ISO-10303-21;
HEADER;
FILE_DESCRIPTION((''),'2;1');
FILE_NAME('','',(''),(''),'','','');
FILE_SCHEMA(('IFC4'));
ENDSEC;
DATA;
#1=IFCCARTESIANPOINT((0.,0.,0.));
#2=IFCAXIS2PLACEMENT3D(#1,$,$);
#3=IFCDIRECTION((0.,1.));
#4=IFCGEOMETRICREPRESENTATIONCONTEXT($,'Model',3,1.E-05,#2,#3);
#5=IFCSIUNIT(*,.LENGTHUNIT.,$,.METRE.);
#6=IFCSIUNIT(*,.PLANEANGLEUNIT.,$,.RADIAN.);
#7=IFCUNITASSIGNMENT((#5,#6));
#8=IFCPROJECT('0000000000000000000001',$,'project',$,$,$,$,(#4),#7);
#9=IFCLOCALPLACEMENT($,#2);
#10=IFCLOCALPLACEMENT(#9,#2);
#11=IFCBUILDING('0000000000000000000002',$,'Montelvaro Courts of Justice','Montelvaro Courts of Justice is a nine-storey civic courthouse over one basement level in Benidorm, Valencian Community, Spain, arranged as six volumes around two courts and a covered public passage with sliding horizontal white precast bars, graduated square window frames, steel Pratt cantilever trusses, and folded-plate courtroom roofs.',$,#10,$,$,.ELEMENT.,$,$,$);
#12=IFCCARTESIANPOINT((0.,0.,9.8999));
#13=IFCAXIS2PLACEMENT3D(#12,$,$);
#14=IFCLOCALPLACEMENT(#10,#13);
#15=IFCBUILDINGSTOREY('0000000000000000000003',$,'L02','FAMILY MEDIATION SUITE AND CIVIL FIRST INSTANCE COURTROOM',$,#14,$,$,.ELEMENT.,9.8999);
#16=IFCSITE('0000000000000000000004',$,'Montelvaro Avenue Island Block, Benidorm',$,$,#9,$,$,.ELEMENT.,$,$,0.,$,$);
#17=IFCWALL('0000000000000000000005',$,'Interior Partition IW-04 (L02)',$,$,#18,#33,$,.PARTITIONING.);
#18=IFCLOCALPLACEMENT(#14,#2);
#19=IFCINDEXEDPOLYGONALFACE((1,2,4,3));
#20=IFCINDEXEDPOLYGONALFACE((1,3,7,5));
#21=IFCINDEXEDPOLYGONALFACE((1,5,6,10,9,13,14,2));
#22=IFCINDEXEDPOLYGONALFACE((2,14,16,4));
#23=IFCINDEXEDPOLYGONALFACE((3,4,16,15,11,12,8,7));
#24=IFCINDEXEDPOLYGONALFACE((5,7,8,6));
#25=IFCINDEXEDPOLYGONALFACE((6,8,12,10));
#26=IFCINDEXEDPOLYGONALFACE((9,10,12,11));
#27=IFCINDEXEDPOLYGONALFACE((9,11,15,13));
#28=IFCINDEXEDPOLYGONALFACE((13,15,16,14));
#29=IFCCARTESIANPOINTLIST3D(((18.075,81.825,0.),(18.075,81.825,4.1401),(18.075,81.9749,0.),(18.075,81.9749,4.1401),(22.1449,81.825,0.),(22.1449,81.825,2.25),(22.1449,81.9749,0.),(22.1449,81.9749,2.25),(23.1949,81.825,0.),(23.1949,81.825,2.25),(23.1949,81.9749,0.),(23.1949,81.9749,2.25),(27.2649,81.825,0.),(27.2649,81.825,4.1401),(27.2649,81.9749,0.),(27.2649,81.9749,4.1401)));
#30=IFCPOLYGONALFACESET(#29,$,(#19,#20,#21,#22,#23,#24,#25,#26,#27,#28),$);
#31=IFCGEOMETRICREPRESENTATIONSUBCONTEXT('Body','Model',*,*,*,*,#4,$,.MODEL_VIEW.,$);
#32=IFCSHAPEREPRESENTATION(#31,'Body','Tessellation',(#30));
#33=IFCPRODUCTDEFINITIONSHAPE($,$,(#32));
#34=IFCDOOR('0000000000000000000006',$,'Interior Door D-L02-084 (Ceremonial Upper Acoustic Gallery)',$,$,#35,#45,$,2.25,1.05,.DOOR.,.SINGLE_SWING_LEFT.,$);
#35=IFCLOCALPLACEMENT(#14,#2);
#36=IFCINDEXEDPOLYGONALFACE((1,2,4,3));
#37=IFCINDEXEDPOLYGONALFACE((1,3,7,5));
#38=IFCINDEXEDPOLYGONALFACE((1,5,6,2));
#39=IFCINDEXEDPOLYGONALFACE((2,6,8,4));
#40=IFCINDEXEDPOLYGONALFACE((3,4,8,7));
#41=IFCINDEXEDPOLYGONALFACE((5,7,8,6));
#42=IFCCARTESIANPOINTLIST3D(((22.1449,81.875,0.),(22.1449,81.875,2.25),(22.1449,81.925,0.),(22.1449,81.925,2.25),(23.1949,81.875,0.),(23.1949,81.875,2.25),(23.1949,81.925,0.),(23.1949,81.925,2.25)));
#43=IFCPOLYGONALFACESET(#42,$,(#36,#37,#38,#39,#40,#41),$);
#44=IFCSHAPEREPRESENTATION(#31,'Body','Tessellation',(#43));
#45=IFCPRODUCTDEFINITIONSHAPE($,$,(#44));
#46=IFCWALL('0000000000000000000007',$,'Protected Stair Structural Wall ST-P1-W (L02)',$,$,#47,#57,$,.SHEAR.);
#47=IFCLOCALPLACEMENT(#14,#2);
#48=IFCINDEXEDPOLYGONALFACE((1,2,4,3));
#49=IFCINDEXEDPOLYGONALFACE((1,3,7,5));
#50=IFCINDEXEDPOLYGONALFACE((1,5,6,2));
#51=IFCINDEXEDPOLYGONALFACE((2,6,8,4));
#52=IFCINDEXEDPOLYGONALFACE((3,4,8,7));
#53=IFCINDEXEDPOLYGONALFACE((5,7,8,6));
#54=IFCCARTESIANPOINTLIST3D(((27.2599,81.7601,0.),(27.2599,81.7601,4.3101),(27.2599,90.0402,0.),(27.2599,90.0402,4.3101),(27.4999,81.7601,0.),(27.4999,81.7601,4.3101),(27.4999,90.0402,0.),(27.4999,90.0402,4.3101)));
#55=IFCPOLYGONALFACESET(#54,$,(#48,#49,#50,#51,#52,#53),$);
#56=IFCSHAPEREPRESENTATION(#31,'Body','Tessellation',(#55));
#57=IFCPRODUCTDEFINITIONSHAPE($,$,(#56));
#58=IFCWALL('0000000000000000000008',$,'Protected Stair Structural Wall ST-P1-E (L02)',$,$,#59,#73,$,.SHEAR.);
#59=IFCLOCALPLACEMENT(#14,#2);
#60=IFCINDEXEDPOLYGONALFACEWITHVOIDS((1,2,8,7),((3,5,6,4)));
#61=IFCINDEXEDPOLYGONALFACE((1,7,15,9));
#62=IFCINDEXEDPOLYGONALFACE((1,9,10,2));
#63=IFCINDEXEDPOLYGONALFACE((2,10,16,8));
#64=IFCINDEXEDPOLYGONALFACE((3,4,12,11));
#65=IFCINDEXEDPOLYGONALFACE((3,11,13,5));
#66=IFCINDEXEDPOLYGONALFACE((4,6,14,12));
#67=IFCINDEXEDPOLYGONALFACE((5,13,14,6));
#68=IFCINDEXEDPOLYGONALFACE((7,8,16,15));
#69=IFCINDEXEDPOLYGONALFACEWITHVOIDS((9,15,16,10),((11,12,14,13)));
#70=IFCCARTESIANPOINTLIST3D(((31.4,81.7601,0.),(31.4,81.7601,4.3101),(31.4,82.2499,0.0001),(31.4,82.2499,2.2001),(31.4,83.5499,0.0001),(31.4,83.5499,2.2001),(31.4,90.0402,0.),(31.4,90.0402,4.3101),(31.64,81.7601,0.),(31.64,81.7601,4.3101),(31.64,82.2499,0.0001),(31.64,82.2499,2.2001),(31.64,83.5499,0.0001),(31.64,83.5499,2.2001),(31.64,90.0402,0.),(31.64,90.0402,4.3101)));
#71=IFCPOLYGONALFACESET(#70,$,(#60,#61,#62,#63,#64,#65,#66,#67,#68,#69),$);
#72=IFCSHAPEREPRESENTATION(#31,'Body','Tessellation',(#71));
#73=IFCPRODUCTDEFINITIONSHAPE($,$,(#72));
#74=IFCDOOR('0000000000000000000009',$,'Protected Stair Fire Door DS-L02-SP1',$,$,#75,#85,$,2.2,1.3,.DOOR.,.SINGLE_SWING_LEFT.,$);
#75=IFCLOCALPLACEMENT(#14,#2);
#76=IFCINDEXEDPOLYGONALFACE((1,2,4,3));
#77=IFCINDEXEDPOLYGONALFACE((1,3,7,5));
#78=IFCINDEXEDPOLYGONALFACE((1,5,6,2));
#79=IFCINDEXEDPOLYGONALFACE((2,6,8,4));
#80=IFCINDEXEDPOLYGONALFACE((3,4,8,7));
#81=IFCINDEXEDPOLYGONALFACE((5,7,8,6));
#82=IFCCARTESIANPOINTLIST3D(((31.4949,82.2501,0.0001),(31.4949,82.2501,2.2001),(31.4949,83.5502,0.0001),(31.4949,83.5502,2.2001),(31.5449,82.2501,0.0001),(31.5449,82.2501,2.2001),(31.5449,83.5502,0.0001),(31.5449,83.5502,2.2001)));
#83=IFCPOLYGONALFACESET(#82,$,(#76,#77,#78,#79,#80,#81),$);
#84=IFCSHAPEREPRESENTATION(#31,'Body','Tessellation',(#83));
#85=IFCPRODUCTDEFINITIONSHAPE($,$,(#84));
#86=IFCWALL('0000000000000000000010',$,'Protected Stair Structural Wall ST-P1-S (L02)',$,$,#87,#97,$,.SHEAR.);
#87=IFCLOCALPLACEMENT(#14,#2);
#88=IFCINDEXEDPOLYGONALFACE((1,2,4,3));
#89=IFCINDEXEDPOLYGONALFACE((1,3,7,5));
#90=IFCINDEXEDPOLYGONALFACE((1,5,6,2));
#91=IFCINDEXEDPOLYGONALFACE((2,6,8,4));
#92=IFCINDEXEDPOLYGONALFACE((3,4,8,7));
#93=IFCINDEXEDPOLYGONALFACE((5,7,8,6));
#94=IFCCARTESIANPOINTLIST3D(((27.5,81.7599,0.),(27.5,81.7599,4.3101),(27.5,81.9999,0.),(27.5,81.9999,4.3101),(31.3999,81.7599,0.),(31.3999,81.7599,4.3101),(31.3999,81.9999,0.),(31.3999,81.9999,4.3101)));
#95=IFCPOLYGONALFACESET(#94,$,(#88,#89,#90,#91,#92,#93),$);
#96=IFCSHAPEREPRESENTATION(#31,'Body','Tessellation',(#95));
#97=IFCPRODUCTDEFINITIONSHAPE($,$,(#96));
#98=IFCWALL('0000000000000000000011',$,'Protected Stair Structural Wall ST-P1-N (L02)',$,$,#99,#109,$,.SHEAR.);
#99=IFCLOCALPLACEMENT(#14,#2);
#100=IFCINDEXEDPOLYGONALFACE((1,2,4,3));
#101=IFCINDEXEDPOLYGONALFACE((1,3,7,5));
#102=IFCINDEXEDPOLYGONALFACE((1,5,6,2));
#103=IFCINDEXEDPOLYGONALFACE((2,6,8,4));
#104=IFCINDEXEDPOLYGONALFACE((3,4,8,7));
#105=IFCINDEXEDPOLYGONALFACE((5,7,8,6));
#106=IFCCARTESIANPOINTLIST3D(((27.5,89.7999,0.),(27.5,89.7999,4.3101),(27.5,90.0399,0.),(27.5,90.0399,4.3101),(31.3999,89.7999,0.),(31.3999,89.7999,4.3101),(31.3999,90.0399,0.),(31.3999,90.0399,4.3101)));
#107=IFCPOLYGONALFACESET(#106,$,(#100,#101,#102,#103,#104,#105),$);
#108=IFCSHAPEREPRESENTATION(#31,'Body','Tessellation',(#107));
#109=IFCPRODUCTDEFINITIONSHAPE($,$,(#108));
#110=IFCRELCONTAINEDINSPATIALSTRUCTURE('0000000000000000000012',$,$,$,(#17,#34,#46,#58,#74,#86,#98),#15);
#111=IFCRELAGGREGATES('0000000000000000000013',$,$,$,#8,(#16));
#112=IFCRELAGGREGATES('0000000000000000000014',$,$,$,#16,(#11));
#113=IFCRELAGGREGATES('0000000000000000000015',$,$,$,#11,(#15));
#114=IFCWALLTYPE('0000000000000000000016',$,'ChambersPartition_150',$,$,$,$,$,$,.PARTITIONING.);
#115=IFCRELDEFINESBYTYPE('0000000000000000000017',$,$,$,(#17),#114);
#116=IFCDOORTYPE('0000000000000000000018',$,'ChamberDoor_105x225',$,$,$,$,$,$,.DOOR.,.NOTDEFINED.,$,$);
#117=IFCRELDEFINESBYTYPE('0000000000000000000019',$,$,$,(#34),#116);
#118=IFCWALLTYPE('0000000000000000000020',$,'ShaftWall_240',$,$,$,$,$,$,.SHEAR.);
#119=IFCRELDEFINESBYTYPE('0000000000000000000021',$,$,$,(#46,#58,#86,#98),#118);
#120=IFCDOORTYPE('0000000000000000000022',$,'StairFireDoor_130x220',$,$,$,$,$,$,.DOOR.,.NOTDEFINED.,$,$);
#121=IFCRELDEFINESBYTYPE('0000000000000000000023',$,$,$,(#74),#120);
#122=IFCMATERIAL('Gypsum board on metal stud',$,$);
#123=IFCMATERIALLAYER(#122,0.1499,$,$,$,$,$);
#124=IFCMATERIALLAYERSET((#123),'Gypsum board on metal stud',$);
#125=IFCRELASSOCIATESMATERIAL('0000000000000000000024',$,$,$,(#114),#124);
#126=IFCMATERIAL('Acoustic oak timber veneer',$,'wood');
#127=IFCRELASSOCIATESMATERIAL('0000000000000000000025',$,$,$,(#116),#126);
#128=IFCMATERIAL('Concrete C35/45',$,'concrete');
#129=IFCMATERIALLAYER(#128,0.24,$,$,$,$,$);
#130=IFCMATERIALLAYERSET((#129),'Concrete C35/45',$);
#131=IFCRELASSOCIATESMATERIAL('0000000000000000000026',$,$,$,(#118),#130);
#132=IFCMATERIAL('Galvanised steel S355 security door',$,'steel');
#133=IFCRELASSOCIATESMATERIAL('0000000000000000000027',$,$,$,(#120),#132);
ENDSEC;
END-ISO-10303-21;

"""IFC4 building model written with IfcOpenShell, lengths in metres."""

from ifc_helpers import new_model, si_unit, direction, frame, frame_2d, origin, place, context, subcontext, project, spatial, rectangle, extrude, material, layer, layer_set, type_object, element, fill, save


model = new_model("IFC4")

# Units and contexts
model_context = context("Model", 3, precision=1e-05, world=origin(), true_north=direction((0.0, 1.0)))
body_context = subcontext(model_context, "Body", "Model", "MODEL_VIEW")
ifc_project = project(units=[si_unit("LENGTHUNIT", "METRE"), si_unit("PLANEANGLEUNIT", "RADIAN")], contexts=[model_context])

# Site, building, storey
site_placement = place(None, origin())
site = spatial("IfcSite", under=ifc_project, at=site_placement, Name="Montelvaro Avenue Island Block, Benidorm", CompositionType="ELEMENT", RefElevation=0.0)
building_placement = place(site_placement, origin())
building = spatial("IfcBuilding", under=site, at=building_placement, Name="Montelvaro Courts of Justice", Description="Montelvaro Courts of Justice is a nine-storey civic courthouse over one basement level in Benidorm, Valencian Community, Spain, arranged as six volumes around two courts and a covered public passage with sliding horizontal white precast bars, graduated square window frames, steel Pratt cantilever trusses, and folded-plate courtroom roofs.", CompositionType="ELEMENT")
storey_placement = place(building_placement, frame((0.0, 0.0, 9.8999)))
storey = spatial("IfcBuildingStorey", under=building, at=storey_placement, Name="L02", Description="FAMILY MEDIATION SUITE AND CIVIL FIRST INSTANCE COURTROOM", CompositionType="ELEMENT", Elevation=9.8999)

# Wall, opening, door
ifc_material_1 = material(Name="Gypsum board on metal stud")
ifc_layer_1 = layer(ifc_material_1, 0.1499)
ifc_layer_set_1 = layer_set([ifc_layer_1], Name="Gypsum board on metal stud")
wall_type_1 = type_object("IfcWallType", Name="ChambersPartition_150", PredefinedType="PARTITIONING", material=ifc_layer_set_1)
wall_1_placement = place(storey_placement, frame((27.2649, 81.8999, 0.0), z_axis=(0.0, 0.0, 1.0), x_axis=(-1.0, 0.0, 0.0)))
wall_1 = element("IfcWall", 1, at=wall_1_placement, inside=storey, type_object=wall_type_1, Name="Interior Partition IW-04 (L02)", PredefinedType="PARTITIONING", context=body_context, shape_type="SweptSolid", body=[
    extrude(rectangle(XDim=9.1899, YDim=0.1499, at=frame_2d((4.595, 0.0))), origin(), (0.0, 0.0, 1.0), 4.1401),
])
opening_1_placement = place(wall_1_placement, frame((4.0701, 0.0, 0.0)))
opening_1 = element("IfcOpeningElement", 2, at=opening_1_placement, cuts=wall_1, PredefinedType="OPENING", context=body_context, shape_type="SweptSolid", body=[
    extrude(rectangle(XDim=1.05, YDim=2.25, at=frame_2d((0.5249, 1.125))), frame((0.0, 0.0898, 0.0), z_axis=(0.0, -1.0, 0.0), x_axis=(1.0, 0.0, 0.0)), (0.0, 0.0, 1.0), 0.1797),
])
ifc_material_2 = material(Name="Acoustic oak timber veneer", Category="wood")
door_type_1 = type_object("IfcDoorType", Name="ChamberDoor_105x225", OperationType="NOTDEFINED", PredefinedType="DOOR", material=ifc_material_2)
door_1_placement = place(opening_1_placement, origin())
door_1 = element("IfcDoor", 3, at=door_1_placement, inside=storey, type_object=door_type_1, Name="Interior Door D-L02-084 (Ceremonial Upper Acoustic Gallery)", OperationType="SINGLE_SWING_LEFT", OverallHeight=2.25, OverallWidth=1.05, PredefinedType="DOOR", context=body_context, shape_type="SweptSolid", body=[
    extrude(rectangle(XDim=1.05, YDim=2.25, at=frame_2d((0.5249, 1.125))), frame((0.0, 0.0249, 0.0), z_axis=(0.0, -1.0, 0.0), x_axis=(1.0, 0.0, 0.0)), (0.0, 0.0, 1.0), 0.05),
])
fill(opening_1, door_1)

# Wall
ifc_material_3 = material(Name="Concrete C35/45", Category="concrete")
ifc_layer_2 = layer(ifc_material_3, 0.24)
ifc_layer_set_2 = layer_set([ifc_layer_2], Name="Concrete C35/45")
wall_type_2 = type_object("IfcWallType", Name="ShaftWall_240", PredefinedType="SHEAR", material=ifc_layer_set_2)
wall_2_placement = place(storey_placement, frame((27.3799, 81.76, 0.0), z_axis=(0.0, 0.0, 1.0), x_axis=(0.0, 1.0, 0.0)))
element("IfcWall", 4, at=wall_2_placement, inside=storey, type_object=wall_type_2, Name="Protected Stair Structural Wall ST-P1-W (L02)", PredefinedType="SHEAR", context=body_context, shape_type="SweptSolid", body=[
    extrude(rectangle(XDim=8.28, YDim=0.24, at=frame_2d((4.1401, 0.0))), origin(), (0.0, 0.0, 1.0), 4.3101),
])

# Wall, opening, door
wall_3_placement = place(storey_placement, frame((31.52, 81.76, 0.0), z_axis=(0.0, 0.0, 1.0), x_axis=(0.0, 1.0, 0.0)))
wall_3 = element("IfcWall", 5, at=wall_3_placement, inside=storey, type_object=wall_type_2, Name="Protected Stair Structural Wall ST-P1-E (L02)", PredefinedType="SHEAR", context=body_context, shape_type="SweptSolid", body=[
    extrude(rectangle(XDim=8.28, YDim=0.24, at=frame_2d((4.1401, 0.0))), origin(), (0.0, 0.0, 1.0), 4.3101),
])
opening_2_placement = place(wall_3_placement, frame((0.49, 0.0, 0.0)))
opening_2 = element("IfcOpeningElement", 6, at=opening_2_placement, cuts=wall_3, PredefinedType="OPENING", context=body_context, shape_type="SweptSolid", body=[
    extrude(rectangle(XDim=1.3, YDim=2.2, at=frame_2d((0.6499, 1.1001))), frame((0.0, 0.1348, 0.0), z_axis=(0.0, -1.0, 0.0), x_axis=(1.0, 0.0, 0.0)), (0.0, 0.0, 1.0), 0.2698),
])
ifc_material_4 = material(Name="Galvanised steel S355 security door", Category="steel")
door_type_2 = type_object("IfcDoorType", Name="StairFireDoor_130x220", OperationType="NOTDEFINED", PredefinedType="DOOR", material=ifc_material_4)
door_2_placement = place(opening_2_placement, frame((1.3, 0.0, 0.0), z_axis=(0.0, 0.0, 1.0), x_axis=(-1.0, 0.0, 0.0)))
door_2 = element("IfcDoor", 7, at=door_2_placement, inside=storey, type_object=door_type_2, Name="Protected Stair Fire Door DS-L02-SP1", OperationType="SINGLE_SWING_LEFT", OverallHeight=2.2, OverallWidth=1.3, PredefinedType="DOOR", context=body_context, shape_type="SweptSolid", body=[
    extrude(rectangle(XDim=1.3, YDim=2.2, at=frame_2d((0.6499, 1.1001))), frame((0.0, 0.0249, 0.0), z_axis=(0.0, -1.0, 0.0), x_axis=(1.0, 0.0, 0.0)), (0.0, 0.0, 1.0), 0.05),
])
fill(opening_2, door_2)

# Walls
for number, where, z_axis, x_axis, name in (
    (8, (27.5, 81.8799, 0.0), (0.0, 0.0, 1.0), (1.0, 0.0, 0.0), "Protected Stair Structural Wall ST-P1-S (L02)"),
    (9, (27.5, 89.9199, 0.0), (0.0, 0.0, 1.0), (1.0, 0.0, 0.0), "Protected Stair Structural Wall ST-P1-N (L02)"),
):
    element("IfcWall", number, at=place(storey_placement, frame(where, z_axis=z_axis, x_axis=x_axis)), inside=storey, type_object=wall_type_2, Name=name, PredefinedType="SHEAR", context=body_context, shape_type="SweptSolid", body=[
        extrude(rectangle(XDim=3.8999, YDim=0.24, at=frame_2d((1.95, 0.0))), origin(), (0.0, 0.0, 1.0), 4.3101),
    ])

save(model, "model.ifc")
